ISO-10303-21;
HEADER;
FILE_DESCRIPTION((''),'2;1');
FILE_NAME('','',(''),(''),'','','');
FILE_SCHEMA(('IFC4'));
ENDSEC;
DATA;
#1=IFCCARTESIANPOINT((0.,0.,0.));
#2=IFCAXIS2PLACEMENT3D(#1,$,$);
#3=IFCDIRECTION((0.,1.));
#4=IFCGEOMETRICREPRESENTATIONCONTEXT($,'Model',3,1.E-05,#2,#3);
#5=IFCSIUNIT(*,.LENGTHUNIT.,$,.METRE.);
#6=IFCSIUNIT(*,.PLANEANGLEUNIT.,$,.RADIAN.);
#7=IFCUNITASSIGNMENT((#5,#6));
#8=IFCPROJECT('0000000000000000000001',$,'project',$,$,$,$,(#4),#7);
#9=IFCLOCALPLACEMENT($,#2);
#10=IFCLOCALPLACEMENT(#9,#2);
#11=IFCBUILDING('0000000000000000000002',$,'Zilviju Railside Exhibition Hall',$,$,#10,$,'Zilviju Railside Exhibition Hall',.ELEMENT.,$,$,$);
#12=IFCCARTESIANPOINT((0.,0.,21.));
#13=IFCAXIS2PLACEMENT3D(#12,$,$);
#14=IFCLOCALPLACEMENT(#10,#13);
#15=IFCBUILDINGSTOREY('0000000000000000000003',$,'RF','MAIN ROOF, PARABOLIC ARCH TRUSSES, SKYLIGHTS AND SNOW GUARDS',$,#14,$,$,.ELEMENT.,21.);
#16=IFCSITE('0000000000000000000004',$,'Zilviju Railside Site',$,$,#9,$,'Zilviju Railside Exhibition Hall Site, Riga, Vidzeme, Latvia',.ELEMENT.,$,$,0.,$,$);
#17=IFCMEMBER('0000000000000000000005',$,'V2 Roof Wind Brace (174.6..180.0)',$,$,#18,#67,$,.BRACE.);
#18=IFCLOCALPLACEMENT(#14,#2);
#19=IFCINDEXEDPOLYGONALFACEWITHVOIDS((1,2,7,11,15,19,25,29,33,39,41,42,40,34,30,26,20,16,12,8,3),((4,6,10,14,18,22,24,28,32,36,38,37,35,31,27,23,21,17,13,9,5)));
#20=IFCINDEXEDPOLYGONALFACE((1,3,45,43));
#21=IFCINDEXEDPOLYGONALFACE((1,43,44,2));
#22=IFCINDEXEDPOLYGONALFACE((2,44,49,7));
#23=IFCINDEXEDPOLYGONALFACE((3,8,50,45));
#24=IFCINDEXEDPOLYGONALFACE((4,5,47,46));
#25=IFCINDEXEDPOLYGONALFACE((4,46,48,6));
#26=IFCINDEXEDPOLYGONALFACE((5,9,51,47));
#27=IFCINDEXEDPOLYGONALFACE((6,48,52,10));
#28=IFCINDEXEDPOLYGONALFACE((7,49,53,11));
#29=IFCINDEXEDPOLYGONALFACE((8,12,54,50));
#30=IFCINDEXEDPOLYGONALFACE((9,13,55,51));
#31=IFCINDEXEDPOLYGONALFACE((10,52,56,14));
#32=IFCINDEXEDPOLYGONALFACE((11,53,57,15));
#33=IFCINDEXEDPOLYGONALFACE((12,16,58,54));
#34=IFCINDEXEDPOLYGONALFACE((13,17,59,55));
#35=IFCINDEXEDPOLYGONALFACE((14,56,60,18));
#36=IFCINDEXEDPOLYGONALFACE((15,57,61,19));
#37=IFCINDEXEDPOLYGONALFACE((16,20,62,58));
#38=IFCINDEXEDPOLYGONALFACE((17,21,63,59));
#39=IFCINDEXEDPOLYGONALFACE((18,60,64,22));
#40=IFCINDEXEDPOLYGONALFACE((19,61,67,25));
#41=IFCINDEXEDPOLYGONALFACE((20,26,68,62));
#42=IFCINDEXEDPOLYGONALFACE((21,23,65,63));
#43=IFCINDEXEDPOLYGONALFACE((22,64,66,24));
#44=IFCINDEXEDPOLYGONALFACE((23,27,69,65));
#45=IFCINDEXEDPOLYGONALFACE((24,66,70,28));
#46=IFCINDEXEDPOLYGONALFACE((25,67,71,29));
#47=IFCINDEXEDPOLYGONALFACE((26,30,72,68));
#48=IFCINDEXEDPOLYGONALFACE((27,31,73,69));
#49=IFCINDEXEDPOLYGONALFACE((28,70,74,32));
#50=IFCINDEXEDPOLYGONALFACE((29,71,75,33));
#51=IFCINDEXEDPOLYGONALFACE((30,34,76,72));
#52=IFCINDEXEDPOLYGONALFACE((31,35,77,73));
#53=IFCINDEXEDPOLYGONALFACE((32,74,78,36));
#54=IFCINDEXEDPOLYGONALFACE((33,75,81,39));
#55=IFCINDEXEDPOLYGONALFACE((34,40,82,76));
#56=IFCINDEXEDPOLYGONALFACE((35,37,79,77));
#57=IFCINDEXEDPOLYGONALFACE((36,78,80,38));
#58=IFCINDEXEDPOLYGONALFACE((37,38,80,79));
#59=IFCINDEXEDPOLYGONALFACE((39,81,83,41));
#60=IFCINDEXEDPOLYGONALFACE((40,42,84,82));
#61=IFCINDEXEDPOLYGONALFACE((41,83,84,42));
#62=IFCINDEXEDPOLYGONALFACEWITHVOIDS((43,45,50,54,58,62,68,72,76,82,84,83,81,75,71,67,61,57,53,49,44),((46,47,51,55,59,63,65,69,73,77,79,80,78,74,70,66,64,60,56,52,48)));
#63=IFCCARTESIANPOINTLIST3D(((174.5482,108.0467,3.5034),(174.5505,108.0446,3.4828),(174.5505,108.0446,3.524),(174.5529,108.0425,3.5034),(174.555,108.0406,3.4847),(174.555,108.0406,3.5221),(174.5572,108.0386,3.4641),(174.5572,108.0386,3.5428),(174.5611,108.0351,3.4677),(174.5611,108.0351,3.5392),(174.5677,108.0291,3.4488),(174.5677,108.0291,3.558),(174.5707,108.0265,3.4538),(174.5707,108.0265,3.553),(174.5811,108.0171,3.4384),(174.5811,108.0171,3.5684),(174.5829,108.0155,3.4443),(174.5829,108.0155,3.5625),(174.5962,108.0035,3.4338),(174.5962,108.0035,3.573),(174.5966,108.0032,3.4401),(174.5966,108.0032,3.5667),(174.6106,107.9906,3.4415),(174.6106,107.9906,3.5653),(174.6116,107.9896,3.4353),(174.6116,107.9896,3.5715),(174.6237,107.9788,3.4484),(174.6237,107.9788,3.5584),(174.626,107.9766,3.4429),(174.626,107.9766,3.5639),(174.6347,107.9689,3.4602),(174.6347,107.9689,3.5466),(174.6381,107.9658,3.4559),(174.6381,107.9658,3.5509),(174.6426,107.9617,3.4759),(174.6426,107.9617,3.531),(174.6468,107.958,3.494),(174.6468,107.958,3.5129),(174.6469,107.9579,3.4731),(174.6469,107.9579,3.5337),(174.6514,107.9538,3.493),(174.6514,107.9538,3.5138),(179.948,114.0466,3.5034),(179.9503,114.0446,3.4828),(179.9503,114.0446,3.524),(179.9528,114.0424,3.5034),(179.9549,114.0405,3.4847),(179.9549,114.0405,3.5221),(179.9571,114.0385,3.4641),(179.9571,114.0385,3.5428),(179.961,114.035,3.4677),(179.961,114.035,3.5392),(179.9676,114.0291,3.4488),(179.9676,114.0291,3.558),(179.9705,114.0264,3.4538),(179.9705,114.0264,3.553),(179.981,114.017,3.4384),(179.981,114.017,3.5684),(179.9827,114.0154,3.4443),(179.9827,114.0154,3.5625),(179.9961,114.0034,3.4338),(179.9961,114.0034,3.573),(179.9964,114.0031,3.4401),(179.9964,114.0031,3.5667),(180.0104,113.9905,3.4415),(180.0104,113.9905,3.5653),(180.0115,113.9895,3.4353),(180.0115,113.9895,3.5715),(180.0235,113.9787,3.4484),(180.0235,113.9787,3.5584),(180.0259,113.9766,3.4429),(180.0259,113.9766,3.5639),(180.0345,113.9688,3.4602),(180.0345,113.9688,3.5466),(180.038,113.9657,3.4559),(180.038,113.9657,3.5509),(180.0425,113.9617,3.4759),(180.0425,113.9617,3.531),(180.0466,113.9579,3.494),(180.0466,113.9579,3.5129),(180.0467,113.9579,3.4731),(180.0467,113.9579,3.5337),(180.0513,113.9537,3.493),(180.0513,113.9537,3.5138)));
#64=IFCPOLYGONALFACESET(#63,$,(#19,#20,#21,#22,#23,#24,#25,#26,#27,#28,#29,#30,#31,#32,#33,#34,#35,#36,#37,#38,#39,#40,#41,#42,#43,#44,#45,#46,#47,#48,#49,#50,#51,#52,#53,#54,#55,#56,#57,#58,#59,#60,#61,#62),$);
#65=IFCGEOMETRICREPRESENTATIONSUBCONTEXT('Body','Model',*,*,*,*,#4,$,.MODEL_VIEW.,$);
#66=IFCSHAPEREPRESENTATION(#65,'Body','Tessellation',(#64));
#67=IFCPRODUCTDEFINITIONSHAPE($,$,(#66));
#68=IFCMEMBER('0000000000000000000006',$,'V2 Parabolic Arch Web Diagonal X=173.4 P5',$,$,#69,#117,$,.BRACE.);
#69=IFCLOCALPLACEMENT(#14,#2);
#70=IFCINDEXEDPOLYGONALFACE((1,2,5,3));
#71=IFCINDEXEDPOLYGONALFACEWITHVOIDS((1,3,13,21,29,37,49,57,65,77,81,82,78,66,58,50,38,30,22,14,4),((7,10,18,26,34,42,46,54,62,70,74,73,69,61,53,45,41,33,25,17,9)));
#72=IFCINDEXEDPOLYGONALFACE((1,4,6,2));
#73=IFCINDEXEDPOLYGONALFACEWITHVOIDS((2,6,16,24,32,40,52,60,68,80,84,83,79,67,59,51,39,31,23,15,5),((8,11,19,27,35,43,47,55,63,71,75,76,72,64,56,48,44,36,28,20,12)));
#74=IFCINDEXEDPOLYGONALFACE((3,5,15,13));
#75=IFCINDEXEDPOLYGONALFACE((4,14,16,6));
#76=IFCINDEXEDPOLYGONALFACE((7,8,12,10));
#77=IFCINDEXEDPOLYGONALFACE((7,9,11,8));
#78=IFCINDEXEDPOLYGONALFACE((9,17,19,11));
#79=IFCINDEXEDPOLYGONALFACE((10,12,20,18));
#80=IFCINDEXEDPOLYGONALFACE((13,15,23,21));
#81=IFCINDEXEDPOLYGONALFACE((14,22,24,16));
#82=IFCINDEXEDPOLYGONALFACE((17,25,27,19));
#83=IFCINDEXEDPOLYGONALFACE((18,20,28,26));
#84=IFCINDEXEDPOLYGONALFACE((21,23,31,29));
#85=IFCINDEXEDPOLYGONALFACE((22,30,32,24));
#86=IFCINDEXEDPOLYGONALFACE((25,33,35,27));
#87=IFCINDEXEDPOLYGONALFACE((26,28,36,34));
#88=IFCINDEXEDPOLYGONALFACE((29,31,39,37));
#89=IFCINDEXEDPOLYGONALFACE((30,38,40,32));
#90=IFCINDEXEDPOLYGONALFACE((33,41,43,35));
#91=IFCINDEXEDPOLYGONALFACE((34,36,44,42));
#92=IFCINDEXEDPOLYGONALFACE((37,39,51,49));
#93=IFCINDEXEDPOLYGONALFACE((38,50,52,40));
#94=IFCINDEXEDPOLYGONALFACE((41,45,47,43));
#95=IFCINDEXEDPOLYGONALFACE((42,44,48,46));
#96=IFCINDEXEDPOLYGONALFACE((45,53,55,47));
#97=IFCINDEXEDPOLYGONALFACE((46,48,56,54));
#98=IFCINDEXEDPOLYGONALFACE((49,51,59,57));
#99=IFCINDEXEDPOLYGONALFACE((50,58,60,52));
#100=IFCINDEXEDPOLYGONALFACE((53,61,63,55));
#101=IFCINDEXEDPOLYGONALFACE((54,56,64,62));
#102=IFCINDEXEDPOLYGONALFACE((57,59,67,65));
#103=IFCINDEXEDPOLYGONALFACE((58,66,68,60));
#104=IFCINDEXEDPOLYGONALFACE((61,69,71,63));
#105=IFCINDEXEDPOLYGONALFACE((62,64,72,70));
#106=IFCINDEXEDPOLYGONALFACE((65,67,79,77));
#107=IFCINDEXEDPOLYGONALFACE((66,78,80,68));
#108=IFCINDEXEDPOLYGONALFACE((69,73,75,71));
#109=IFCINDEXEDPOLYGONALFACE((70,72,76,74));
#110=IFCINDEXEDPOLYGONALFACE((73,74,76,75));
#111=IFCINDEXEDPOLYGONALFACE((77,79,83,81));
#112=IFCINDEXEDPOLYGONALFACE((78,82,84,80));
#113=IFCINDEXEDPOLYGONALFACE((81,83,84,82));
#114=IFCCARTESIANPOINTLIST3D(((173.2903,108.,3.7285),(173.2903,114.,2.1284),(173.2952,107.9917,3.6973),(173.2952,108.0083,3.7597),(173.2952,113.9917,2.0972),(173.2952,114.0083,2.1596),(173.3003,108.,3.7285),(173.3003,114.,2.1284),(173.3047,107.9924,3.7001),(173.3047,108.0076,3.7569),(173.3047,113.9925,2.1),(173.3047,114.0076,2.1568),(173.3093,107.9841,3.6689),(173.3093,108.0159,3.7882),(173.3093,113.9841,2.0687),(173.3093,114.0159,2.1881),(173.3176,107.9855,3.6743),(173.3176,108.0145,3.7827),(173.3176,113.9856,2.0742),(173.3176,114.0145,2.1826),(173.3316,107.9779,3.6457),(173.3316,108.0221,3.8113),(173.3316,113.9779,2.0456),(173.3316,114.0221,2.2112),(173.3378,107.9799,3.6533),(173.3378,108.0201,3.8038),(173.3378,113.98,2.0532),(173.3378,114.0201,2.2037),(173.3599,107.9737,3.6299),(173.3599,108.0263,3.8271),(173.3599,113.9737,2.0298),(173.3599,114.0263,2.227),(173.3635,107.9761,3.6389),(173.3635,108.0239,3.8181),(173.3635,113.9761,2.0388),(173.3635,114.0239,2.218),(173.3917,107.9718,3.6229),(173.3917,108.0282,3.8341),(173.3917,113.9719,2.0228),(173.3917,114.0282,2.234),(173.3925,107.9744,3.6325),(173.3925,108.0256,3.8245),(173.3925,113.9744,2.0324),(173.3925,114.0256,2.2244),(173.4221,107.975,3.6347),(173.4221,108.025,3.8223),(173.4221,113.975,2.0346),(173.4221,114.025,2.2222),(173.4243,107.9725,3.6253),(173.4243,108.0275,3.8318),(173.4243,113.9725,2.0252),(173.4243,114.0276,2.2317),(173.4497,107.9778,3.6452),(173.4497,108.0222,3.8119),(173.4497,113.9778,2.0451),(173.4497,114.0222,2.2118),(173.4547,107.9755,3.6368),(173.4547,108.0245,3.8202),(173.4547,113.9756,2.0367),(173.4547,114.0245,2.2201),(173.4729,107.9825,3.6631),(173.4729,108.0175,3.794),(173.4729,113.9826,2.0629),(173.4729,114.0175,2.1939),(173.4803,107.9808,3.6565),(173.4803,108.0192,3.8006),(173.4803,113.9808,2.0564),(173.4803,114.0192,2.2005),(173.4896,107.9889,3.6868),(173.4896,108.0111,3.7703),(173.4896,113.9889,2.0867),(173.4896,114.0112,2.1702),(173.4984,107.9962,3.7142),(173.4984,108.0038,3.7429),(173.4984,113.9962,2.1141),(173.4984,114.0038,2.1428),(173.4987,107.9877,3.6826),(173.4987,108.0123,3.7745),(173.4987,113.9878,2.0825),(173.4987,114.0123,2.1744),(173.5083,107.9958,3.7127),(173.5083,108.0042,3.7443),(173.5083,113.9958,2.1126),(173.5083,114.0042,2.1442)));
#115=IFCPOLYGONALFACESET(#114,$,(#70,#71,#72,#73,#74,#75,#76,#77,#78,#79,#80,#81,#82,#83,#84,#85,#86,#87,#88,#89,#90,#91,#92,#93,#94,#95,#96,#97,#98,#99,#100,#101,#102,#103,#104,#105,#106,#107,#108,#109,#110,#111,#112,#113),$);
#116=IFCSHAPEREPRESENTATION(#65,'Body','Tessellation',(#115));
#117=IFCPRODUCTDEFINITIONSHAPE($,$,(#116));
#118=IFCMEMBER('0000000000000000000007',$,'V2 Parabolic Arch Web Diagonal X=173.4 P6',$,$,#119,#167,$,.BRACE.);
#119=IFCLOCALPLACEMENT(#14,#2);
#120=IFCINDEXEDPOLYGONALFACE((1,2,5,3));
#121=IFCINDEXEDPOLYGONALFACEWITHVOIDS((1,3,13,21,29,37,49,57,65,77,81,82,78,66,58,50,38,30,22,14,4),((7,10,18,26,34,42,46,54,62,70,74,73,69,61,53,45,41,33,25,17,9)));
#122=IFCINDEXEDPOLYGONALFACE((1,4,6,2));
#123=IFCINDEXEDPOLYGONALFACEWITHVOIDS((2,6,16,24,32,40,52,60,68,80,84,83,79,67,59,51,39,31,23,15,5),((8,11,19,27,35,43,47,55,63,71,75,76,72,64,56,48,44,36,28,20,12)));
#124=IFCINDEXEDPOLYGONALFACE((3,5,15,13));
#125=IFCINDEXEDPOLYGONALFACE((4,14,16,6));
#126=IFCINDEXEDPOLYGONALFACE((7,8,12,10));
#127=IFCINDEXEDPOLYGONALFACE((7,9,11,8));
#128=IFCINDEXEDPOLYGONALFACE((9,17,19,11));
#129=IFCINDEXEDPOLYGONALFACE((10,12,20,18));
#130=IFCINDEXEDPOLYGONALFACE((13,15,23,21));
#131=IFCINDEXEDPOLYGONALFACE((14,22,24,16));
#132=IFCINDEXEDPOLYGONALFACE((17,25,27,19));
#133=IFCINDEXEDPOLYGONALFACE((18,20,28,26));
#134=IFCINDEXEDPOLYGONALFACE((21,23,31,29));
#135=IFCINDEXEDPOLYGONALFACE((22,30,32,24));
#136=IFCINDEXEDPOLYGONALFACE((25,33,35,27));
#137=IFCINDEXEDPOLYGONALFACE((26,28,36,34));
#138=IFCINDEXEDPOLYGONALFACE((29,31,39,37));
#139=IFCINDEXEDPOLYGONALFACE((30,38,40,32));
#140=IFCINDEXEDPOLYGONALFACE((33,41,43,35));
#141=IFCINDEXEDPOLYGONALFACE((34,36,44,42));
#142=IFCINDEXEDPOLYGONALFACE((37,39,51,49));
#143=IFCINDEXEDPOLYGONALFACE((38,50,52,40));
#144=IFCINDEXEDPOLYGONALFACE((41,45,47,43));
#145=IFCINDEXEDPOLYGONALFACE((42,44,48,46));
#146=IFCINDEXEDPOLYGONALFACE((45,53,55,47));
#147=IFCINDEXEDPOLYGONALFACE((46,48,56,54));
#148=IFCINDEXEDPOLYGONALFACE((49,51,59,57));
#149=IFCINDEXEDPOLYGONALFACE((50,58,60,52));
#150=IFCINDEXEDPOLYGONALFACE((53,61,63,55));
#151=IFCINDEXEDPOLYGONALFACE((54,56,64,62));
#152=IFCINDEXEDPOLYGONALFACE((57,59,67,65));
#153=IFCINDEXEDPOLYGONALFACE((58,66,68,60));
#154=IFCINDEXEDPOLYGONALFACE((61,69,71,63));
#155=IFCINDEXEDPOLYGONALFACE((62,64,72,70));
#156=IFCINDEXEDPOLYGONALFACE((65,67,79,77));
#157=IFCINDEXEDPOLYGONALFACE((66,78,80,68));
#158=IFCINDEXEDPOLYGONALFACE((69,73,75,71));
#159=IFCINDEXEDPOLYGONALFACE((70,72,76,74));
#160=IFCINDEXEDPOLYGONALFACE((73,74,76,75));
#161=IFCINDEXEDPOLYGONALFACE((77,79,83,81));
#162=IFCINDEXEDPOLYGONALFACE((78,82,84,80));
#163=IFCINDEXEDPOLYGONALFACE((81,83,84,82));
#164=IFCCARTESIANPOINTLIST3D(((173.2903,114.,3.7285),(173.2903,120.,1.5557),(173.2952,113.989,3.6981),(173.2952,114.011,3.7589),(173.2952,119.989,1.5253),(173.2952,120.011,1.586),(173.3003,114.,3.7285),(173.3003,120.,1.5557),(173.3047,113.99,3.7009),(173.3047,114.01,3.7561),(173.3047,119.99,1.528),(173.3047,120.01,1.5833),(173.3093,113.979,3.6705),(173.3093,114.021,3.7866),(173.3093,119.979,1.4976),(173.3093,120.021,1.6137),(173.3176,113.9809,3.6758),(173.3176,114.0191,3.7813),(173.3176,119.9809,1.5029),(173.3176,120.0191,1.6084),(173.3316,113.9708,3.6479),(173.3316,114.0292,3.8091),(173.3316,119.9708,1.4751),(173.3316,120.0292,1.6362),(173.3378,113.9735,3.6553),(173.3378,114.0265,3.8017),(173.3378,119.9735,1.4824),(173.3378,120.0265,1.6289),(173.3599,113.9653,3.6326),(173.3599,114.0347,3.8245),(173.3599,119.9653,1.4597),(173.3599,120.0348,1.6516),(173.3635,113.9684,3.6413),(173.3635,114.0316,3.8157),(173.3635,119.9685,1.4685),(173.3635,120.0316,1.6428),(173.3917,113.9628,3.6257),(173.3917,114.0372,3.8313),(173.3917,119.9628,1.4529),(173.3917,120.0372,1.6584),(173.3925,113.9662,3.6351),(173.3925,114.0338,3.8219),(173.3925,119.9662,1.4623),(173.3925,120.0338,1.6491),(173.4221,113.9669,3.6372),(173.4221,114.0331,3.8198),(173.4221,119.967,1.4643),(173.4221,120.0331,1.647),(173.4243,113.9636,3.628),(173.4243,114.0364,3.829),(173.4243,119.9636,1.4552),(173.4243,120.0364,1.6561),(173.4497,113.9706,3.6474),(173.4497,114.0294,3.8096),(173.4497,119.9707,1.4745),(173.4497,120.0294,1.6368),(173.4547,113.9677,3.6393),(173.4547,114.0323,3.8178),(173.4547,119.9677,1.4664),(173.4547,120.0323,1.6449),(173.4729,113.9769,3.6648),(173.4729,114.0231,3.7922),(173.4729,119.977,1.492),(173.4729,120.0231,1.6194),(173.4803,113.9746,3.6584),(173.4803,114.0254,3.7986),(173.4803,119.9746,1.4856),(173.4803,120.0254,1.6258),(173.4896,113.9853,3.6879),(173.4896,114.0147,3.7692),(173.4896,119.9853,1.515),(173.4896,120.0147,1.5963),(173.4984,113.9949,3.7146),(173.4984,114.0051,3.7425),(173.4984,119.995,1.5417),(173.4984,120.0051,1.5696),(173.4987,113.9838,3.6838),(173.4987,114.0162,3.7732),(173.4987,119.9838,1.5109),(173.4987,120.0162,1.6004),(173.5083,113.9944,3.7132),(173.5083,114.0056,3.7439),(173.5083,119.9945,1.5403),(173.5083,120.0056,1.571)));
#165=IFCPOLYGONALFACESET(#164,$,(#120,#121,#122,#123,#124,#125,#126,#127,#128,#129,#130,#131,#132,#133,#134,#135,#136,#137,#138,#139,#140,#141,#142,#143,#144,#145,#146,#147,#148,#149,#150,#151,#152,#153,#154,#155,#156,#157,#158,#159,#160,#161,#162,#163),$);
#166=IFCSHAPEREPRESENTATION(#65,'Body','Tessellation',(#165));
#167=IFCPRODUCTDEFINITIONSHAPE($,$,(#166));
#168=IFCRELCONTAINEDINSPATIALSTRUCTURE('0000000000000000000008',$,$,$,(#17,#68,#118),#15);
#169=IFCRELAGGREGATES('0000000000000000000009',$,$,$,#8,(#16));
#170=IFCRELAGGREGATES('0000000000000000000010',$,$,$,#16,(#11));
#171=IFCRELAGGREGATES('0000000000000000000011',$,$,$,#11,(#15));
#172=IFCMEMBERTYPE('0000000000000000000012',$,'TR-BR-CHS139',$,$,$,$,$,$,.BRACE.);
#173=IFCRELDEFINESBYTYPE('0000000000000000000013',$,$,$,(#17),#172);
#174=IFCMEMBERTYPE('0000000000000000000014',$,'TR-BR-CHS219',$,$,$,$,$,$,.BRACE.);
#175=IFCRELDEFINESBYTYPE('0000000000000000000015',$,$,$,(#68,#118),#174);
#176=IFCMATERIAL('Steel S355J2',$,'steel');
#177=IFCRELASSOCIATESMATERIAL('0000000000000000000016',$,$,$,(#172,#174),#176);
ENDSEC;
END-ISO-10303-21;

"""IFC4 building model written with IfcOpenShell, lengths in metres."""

from ifc_helpers import new_model, si_unit, direction, frame, origin, origin_2d, place, context, subcontext, project, spatial, hollow_circle, extrude, material, material_profile, profile_set, type_object, element, save


model = new_model("IFC4")

# Units and contexts
model_context = context("Model", 3, precision=1e-05, world=origin(), true_north=direction((0.0, 1.0)))
body_context = subcontext(model_context, "Body", "Model", "MODEL_VIEW")
ifc_project = project(units=[si_unit("LENGTHUNIT", "METRE"), si_unit("PLANEANGLEUNIT", "RADIAN")], contexts=[model_context])

# Site, building, storey
site_placement = place(None, origin())
site = spatial("IfcSite", under=ifc_project, at=site_placement, Name="Zilviju Railside Site", LongName="Zilviju Railside Exhibition Hall Site, Riga, Vidzeme, Latvia", CompositionType="ELEMENT", RefElevation=0.0)
building_placement = place(site_placement, origin())
building = spatial("IfcBuilding", under=site, at=building_placement, Name="Zilviju Railside Exhibition Hall", LongName="Zilviju Railside Exhibition Hall", CompositionType="ELEMENT")
storey_placement = place(building_placement, frame((0.0, 0.0, 21.0)))
storey = spatial("IfcBuildingStorey", under=building, at=storey_placement, Name="RF", Description="MAIN ROOF, PARABOLIC ARCH TRUSSES, SKYLIGHTS AND SNOW GUARDS", CompositionType="ELEMENT", Elevation=21.0)

# Members
ifc_material_1 = material(Name="Steel S355J2", Category="steel")
ifc_material_profile_1 = material_profile(ifc_material_1, hollow_circle(Radius=0.0698, WallThickness=0.0063, at=origin_2d()), Name="CHS 139.7x6.3")
ifc_profile_set_1 = profile_set([ifc_material_profile_1], Name="Steel S355J2")
member_type_1 = type_object("IfcMemberType", Name="TR-BR-CHS139", PredefinedType="BRACE", material=ifc_profile_set_1)
member_1_placement = place(storey_placement, frame((174.6001, 108.0, 3.5034), z_axis=(0.668958, 0.7433, 0.0), x_axis=(-0.7433, 0.668958, 0.0)))
element("IfcMember", 1, at=member_1_placement, inside=storey, type_object=member_type_1, Name="V2 Roof Wind Brace (174.6..180.0)", PredefinedType="BRACE", context=body_context, shape_type="SweptSolid", body=[
    extrude(hollow_circle(Radius=0.0698, WallThickness=0.0063, at=origin_2d()), origin(), (0.0, 0.0, 1.0), 8.072),
])
ifc_material_profile_2 = material_profile(ifc_material_1, hollow_circle(Radius=0.1096, WallThickness=0.01, at=origin_2d()), Name="CHS 219.1x10.0")
ifc_profile_set_2 = profile_set([ifc_material_profile_2], Name="Steel S355J2")
member_type_2 = type_object("IfcMemberType", Name="TR-BR-CHS219", PredefinedType="BRACE", material=ifc_profile_set_2)
member_2_placement = place(storey_placement, frame((173.3999, 108.0, 3.7285), z_axis=(0.0, 0.966231, -0.257677), x_axis=(-1.0, 0.0, 0.0)))
element("IfcMember", 2, at=member_2_placement, inside=storey, type_object=member_type_2, Name="V2 Parabolic Arch Web Diagonal X=173.4 P5", PredefinedType="BRACE", context=body_context, shape_type="SweptSolid", body=[
    extrude(hollow_circle(Radius=0.1096, WallThickness=0.01, at=origin_2d()), origin(), (0.0, 0.0, 1.0), 6.2097),
])
member_3_placement = place(storey_placement, frame((173.3999, 114.0, 3.7285), z_axis=(0.0, 0.940244, -0.340502), x_axis=(-1.0, 0.0, 0.0)))
element("IfcMember", 3, at=member_3_placement, inside=storey, type_object=member_type_2, Name="V2 Parabolic Arch Web Diagonal X=173.4 P6", PredefinedType="BRACE", context=body_context, shape_type="SweptSolid", body=[
    extrude(hollow_circle(Radius=0.1096, WallThickness=0.01, at=origin_2d()), origin(), (0.0, 0.0, 1.0), 6.3813),
])

save(model, "model.ifc")
